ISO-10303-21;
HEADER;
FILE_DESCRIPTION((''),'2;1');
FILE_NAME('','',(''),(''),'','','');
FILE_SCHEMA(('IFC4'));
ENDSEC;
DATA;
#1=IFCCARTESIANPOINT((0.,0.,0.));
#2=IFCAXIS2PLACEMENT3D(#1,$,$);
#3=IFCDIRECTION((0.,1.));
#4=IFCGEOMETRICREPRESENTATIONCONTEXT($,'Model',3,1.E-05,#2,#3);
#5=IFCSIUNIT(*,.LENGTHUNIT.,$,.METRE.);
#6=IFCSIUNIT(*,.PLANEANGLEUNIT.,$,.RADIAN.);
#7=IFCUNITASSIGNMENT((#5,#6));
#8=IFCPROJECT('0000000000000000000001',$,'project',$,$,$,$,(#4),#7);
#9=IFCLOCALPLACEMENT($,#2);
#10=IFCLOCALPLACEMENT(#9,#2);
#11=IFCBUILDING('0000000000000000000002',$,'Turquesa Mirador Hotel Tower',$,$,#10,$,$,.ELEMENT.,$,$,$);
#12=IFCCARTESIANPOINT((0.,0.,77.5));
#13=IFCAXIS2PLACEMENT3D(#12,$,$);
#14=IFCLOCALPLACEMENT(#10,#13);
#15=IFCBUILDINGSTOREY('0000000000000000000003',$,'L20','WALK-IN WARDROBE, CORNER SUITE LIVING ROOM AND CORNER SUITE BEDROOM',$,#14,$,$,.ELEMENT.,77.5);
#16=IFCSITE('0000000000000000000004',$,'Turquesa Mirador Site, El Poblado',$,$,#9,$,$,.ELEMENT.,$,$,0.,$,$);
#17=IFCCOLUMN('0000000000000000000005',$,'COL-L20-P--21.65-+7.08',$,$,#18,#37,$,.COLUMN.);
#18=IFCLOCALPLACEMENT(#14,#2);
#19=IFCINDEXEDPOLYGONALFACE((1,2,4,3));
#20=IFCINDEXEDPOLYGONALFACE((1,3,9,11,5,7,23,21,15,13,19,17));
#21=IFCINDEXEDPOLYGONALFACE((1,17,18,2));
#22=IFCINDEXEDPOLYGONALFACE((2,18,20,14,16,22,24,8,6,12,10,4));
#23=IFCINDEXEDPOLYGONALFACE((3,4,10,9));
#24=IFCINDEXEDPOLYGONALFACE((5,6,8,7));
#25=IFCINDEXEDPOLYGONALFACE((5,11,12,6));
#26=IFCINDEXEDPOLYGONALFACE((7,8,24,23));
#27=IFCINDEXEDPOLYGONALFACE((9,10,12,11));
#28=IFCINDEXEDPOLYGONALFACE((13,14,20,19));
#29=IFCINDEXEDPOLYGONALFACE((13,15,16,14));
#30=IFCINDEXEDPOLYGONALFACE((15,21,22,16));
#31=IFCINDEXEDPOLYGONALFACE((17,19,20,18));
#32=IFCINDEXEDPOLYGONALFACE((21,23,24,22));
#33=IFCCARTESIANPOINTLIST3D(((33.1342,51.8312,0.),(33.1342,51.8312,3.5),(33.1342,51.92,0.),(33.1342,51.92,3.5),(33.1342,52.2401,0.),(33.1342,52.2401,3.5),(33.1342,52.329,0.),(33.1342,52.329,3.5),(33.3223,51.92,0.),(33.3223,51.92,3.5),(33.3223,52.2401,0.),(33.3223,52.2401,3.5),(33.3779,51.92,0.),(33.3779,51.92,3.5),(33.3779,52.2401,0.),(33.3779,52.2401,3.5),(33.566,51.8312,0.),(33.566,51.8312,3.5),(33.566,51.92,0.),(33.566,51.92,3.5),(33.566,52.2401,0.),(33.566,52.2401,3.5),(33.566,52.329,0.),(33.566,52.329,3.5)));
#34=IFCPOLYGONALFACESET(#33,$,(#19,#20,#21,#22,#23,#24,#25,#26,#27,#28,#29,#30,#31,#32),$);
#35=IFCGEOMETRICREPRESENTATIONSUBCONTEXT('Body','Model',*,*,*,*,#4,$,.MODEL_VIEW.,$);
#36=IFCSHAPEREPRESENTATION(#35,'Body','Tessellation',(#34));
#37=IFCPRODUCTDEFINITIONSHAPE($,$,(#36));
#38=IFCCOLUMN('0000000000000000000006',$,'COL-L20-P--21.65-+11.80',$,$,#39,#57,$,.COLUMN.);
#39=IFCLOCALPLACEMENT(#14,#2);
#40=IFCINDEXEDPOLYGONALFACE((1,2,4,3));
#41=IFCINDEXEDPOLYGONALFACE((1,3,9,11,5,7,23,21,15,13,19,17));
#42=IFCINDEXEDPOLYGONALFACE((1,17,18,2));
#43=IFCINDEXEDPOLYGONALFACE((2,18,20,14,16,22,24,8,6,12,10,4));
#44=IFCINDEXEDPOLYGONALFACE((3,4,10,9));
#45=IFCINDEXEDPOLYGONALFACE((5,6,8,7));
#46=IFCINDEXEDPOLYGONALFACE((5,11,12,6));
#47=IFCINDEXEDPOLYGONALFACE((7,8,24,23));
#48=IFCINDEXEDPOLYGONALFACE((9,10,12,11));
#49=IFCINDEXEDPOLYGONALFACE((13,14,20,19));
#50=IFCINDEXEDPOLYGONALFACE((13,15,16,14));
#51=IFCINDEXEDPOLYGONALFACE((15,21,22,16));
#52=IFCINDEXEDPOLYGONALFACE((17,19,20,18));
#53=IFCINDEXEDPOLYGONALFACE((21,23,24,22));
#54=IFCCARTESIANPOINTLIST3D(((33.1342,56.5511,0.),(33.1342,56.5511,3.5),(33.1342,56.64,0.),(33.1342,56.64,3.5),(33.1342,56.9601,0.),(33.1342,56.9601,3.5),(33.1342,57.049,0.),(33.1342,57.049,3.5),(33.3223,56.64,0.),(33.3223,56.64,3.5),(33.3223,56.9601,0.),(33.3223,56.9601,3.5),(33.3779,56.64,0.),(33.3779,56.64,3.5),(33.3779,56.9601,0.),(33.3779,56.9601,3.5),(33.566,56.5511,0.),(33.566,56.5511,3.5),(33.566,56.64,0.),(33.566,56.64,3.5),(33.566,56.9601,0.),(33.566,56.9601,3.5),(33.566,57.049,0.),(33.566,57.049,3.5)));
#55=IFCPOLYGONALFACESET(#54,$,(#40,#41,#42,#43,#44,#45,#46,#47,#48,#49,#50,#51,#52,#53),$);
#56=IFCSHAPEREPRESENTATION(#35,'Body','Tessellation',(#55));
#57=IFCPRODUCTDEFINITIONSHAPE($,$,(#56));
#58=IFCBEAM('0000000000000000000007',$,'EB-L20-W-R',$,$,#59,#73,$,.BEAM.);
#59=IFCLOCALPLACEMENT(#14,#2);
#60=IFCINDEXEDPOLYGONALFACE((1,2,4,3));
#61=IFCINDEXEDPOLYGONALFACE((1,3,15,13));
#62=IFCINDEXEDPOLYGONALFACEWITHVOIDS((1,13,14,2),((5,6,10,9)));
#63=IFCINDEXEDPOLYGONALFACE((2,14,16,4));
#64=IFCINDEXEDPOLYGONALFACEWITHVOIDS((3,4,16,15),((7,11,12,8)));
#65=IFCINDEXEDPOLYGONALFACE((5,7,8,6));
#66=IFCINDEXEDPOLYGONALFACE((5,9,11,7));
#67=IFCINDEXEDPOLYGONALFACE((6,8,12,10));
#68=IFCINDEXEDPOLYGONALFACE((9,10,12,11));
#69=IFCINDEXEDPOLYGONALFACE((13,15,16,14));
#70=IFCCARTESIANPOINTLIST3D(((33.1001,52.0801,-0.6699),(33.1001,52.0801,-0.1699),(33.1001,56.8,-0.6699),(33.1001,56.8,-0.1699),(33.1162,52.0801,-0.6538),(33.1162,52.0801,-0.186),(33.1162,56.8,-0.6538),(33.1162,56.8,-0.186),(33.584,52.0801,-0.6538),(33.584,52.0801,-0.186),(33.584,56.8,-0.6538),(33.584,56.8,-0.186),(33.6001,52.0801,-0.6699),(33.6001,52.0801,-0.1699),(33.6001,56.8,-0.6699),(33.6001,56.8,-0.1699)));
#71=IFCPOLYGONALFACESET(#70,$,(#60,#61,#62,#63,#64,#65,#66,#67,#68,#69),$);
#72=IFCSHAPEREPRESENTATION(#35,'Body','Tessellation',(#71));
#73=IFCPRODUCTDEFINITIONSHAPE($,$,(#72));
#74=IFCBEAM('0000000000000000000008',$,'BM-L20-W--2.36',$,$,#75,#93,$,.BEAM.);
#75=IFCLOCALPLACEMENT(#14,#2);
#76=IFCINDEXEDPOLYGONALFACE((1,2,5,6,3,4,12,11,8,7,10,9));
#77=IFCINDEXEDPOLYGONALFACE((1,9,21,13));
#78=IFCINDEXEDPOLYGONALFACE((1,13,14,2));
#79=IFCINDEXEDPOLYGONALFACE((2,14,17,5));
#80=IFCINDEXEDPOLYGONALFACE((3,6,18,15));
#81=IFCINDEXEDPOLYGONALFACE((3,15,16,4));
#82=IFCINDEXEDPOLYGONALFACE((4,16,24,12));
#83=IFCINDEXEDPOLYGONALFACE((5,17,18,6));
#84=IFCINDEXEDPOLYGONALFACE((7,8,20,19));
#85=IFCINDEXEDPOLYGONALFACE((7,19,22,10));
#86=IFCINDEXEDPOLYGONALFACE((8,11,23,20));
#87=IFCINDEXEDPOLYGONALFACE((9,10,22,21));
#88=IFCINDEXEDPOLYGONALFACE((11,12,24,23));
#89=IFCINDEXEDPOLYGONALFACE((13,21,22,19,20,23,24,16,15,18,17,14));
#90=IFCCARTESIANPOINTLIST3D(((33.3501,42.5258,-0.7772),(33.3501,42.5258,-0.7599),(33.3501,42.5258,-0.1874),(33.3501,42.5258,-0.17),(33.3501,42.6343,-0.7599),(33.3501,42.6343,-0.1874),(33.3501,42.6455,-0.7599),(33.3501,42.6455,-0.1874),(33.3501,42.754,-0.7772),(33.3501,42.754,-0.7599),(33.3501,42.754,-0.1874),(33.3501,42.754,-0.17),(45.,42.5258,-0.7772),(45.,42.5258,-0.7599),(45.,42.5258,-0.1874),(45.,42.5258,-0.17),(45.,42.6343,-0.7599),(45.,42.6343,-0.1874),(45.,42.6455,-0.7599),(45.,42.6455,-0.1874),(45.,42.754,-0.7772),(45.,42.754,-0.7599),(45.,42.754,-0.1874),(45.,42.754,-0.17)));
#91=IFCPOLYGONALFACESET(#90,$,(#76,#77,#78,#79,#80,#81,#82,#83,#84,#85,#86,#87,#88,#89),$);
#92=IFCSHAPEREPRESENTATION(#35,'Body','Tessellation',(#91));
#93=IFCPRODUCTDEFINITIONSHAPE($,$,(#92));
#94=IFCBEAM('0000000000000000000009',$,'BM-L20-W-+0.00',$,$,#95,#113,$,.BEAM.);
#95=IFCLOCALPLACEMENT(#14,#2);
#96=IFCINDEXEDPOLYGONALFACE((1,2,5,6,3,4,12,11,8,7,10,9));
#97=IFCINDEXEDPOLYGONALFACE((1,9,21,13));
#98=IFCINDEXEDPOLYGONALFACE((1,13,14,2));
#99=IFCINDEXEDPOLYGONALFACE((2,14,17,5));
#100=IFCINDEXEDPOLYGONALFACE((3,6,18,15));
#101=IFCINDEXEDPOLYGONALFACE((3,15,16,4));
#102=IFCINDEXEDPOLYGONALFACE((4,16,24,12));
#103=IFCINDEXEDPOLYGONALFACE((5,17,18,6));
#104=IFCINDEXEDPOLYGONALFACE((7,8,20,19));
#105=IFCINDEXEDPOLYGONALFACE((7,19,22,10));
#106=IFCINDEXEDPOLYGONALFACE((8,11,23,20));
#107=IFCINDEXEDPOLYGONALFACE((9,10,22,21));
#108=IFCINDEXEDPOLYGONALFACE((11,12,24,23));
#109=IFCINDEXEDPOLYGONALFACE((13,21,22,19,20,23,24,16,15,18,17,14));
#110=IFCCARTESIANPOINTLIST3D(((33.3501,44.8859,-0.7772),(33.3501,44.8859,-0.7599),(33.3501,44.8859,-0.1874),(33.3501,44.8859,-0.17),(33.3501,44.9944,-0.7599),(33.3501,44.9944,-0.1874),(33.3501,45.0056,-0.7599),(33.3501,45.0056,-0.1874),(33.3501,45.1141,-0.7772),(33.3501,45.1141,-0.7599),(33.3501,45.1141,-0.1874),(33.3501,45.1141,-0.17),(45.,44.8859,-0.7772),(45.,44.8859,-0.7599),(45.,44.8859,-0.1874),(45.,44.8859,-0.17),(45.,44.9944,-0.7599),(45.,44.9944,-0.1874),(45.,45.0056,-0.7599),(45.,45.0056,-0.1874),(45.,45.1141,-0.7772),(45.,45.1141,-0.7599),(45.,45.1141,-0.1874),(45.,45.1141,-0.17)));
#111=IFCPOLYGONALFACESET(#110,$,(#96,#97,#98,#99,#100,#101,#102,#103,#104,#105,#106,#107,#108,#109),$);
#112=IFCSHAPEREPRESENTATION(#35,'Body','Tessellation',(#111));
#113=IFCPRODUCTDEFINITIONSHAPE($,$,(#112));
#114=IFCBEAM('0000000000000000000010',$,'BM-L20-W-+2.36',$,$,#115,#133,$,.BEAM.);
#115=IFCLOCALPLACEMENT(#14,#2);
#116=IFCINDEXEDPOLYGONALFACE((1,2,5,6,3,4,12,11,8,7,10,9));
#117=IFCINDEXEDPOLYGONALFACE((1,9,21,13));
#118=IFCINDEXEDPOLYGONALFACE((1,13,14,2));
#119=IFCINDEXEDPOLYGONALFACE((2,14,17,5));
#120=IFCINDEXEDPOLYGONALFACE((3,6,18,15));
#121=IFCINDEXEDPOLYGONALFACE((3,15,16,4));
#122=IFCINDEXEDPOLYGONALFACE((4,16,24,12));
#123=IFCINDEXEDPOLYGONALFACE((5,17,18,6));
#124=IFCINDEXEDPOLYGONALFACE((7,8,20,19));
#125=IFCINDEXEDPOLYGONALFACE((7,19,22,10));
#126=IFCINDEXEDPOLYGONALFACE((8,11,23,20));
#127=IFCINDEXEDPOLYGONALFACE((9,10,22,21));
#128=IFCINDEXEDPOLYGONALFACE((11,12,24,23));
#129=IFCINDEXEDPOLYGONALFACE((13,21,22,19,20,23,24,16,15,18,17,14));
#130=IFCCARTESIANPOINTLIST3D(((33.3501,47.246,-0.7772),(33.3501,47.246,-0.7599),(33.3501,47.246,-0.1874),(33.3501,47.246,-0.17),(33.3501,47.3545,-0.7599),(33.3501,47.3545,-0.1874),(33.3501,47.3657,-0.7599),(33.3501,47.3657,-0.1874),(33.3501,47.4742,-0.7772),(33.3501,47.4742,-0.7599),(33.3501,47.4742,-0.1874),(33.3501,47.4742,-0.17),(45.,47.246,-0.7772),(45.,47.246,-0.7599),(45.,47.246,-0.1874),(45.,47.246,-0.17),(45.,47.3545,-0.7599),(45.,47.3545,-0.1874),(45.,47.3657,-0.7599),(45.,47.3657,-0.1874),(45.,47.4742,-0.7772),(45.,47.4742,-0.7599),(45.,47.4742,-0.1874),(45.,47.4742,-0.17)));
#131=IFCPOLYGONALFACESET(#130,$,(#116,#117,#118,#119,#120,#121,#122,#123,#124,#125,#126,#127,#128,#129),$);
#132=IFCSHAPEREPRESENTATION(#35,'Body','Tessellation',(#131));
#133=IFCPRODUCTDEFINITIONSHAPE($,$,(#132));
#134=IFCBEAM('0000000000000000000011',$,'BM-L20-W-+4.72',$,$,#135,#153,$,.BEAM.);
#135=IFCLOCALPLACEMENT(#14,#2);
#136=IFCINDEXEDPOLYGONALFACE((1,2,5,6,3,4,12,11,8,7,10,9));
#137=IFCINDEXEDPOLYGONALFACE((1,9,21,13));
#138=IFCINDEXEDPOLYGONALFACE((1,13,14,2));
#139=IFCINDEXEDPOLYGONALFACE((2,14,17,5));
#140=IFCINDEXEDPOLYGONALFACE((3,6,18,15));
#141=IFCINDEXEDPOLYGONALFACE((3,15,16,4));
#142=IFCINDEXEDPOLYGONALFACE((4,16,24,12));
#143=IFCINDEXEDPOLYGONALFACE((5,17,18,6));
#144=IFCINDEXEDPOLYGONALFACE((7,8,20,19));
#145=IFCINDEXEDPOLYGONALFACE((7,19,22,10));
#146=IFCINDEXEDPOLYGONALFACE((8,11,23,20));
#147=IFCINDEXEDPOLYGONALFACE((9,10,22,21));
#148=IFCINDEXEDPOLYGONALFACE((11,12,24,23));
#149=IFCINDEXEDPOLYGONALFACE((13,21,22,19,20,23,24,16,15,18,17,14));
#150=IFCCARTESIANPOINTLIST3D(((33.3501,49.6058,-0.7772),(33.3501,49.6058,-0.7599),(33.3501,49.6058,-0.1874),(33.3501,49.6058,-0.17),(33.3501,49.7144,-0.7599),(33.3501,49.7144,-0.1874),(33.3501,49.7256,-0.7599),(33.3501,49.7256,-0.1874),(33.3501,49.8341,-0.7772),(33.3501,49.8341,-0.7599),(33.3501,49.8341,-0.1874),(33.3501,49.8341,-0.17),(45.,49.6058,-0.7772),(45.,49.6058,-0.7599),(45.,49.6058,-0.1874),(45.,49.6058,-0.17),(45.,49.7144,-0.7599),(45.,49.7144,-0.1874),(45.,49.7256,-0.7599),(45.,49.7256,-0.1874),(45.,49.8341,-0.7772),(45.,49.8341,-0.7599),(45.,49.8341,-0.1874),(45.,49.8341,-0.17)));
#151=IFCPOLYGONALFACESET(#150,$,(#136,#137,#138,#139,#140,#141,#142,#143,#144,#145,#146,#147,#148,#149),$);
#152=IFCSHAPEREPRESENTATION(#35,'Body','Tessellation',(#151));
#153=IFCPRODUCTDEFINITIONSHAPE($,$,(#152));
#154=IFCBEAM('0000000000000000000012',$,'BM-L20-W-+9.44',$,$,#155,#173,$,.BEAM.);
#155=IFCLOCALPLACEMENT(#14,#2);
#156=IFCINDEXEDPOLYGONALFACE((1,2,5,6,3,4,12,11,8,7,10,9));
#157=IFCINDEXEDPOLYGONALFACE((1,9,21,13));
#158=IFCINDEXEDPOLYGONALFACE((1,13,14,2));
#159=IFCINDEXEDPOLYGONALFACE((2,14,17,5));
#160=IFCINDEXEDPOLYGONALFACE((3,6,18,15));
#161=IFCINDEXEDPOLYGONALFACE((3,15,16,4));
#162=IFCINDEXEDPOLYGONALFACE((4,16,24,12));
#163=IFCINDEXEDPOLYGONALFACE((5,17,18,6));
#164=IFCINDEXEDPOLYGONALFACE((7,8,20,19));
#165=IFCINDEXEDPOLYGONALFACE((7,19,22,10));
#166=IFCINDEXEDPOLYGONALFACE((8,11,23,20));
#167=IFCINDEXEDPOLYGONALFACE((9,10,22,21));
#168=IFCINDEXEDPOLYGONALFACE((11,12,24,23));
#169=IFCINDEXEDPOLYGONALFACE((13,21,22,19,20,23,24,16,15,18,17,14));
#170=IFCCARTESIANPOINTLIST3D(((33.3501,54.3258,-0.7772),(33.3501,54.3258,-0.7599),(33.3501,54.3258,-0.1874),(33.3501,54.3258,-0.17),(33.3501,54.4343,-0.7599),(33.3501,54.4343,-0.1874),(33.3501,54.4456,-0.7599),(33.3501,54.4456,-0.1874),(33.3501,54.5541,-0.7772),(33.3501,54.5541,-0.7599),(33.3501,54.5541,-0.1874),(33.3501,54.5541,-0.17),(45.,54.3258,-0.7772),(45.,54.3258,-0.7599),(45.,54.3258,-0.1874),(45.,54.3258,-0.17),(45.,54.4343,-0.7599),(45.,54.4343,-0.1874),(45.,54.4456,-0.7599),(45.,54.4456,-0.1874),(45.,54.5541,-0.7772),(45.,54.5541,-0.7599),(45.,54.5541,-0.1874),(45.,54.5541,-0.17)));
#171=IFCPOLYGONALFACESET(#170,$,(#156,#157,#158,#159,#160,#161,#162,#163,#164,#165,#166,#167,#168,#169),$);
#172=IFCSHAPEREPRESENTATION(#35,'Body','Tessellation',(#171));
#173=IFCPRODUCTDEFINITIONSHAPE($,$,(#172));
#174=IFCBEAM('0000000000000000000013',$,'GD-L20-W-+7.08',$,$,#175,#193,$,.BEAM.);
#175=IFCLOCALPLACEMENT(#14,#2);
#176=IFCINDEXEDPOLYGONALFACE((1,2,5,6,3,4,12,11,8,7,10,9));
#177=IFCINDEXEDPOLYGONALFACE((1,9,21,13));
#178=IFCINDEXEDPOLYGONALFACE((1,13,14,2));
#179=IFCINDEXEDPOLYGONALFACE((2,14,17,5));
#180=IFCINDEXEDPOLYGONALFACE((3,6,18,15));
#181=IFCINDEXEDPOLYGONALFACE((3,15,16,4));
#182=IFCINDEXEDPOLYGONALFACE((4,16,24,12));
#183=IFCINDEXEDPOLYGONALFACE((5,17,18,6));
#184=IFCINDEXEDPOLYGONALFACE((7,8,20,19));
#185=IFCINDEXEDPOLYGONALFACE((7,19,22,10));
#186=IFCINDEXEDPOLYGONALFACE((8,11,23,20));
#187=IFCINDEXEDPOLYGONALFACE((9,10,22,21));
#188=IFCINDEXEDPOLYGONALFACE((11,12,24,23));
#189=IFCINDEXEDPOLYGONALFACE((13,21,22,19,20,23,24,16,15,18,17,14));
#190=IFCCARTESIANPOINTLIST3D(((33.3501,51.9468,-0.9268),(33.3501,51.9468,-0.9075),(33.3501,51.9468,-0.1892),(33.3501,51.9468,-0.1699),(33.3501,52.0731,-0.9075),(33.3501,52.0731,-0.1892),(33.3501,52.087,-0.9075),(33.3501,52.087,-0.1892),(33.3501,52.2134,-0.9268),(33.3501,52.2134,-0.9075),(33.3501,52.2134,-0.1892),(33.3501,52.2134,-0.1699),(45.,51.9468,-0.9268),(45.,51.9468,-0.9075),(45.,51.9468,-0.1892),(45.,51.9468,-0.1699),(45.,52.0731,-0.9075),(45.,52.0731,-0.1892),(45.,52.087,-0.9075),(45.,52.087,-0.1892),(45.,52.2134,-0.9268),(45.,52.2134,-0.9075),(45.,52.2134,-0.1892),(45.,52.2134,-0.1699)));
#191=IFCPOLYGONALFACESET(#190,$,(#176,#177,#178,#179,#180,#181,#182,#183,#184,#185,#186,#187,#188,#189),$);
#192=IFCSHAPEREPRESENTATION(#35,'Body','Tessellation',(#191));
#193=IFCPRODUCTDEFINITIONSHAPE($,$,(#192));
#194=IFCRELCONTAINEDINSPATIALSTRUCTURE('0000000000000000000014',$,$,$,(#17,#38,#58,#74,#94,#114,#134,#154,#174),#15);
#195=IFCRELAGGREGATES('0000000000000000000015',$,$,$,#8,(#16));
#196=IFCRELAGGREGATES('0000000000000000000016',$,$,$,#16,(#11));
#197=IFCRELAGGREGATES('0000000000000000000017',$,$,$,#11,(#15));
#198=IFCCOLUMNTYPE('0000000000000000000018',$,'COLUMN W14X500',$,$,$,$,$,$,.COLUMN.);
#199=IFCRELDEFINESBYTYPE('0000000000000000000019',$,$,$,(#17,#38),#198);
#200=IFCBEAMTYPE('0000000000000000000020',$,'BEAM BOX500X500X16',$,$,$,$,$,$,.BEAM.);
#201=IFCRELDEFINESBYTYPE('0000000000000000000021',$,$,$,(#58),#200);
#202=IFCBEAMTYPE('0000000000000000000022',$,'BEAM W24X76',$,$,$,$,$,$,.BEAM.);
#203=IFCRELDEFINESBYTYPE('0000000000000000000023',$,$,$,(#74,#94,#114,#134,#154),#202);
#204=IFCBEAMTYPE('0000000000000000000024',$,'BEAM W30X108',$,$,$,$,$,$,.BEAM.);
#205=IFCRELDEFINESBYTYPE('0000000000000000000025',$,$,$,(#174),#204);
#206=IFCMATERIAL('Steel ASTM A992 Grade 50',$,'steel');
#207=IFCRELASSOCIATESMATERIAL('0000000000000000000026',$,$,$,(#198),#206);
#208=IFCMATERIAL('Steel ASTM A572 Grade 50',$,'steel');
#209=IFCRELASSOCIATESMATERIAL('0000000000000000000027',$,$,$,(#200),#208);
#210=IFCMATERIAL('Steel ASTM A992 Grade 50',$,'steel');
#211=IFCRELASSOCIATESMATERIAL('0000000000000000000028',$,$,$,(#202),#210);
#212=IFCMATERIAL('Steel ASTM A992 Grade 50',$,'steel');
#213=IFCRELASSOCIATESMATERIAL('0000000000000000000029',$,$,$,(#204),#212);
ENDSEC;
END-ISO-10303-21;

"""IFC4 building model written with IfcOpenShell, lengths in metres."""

from ifc_helpers import new_model, si_unit, direction, frame, origin, origin_2d, place, context, subcontext, project, spatial, hollow_rectangle, i_section, extrude, material, material_profile, profile_set, type_object, element, save


model = new_model("IFC4")

# Units and contexts
model_context = context("Model", 3, precision=1e-05, world=origin(), true_north=direction((0.0, 1.0)))
body_context = subcontext(model_context, "Body", "Model", "MODEL_VIEW")
ifc_project = project(units=[si_unit("LENGTHUNIT", "METRE"), si_unit("PLANEANGLEUNIT", "RADIAN")], contexts=[model_context])

# Site, building, storey
site_placement = place(None, origin())
site = spatial("IfcSite", under=ifc_project, at=site_placement, Name="Turquesa Mirador Site, El Poblado", CompositionType="ELEMENT", RefElevation=0.0)
building_placement = place(site_placement, origin())
building = spatial("IfcBuilding", under=site, at=building_placement, Name="Turquesa Mirador Hotel Tower", CompositionType="ELEMENT")
storey_placement = place(building_placement, frame((0.0, 0.0, 77.5)))
storey = spatial("IfcBuildingStorey", under=building, at=storey_placement, Name="L20", Description="WALK-IN WARDROBE, CORNER SUITE LIVING ROOM AND CORNER SUITE BEDROOM", CompositionType="ELEMENT", Elevation=77.5)

# Columns
ifc_material_1 = material(Name="Steel ASTM A992 Grade 50", Category="steel")
ifc_material_profile_1 = material_profile(ifc_material_1, i_section(OverallWidth=0.4319, OverallDepth=0.4978, WebThickness=0.0557, FlangeThickness=0.0889, at=origin_2d()), Name="W14X500")
ifc_profile_set_1 = profile_set([ifc_material_profile_1], Name="Steel ASTM A992 Grade 50")
column_type = type_object("IfcColumnType", Name="COLUMN W14X500", PredefinedType="COLUMN", material=ifc_profile_set_1)
for number, where, z_axis, x_axis, name in (
    (1, (33.3501, 52.0801, 0.0), (0.0, 0.0, 1.0), (1.0, 0.0, 0.0), "COL-L20-P--21.65-+7.08"),
    (2, (33.3501, 56.8, 0.0), (0.0, 0.0, 1.0), (1.0, 0.0, 0.0), "COL-L20-P--21.65-+11.80"),
):
    element("IfcColumn", number, at=place(storey_placement, frame(where, z_axis=z_axis, x_axis=x_axis)), inside=storey, type_object=column_type, Name=name, PredefinedType="COLUMN", context=body_context, shape_type="SweptSolid", body=[
        extrude(i_section(OverallWidth=0.4319, OverallDepth=0.4978, WebThickness=0.0557, FlangeThickness=0.0889, at=origin_2d()), origin(), (0.0, 0.0, 1.0), 3.5),
    ])

# Beams
ifc_material_2 = material(Name="Steel ASTM A572 Grade 50", Category="steel")
ifc_material_profile_2 = material_profile(ifc_material_2, hollow_rectangle(XDim=0.5, YDim=0.5, WallThickness=0.0161, at=origin_2d()), Name="BOX500X500X16")
ifc_profile_set_2 = profile_set([ifc_material_profile_2], Name="Steel ASTM A572 Grade 50")
beam_type_1 = type_object("IfcBeamType", Name="BEAM BOX500X500X16", PredefinedType="BEAM", material=ifc_profile_set_2)
beam_1_placement = place(storey_placement, frame((33.3501, 52.0801, -0.4199), z_axis=(0.0, 1.0, 0.0), x_axis=(-1.0, 0.0, 0.0)))
element("IfcBeam", 3, at=beam_1_placement, inside=storey, type_object=beam_type_1, Name="EB-L20-W-R", PredefinedType="BEAM", context=body_context, shape_type="SweptSolid", body=[
    extrude(hollow_rectangle(XDim=0.5, YDim=0.5, WallThickness=0.0161, at=origin_2d()), origin(), (0.0, 0.0, 1.0), 4.72),
])
ifc_material_3 = material(Name="Steel ASTM A992 Grade 50", Category="steel")
ifc_material_profile_3 = material_profile(ifc_material_3, i_section(OverallWidth=0.2283, OverallDepth=0.6072, WebThickness=0.0112, FlangeThickness=0.0173, at=origin_2d()), Name="W24X76")
ifc_profile_set_3 = profile_set([ifc_material_profile_3], Name="Steel ASTM A992 Grade 50")
beam_type_2 = type_object("IfcBeamType", Name="BEAM W24X76", PredefinedType="BEAM", material=ifc_profile_set_3)
for number, where, z_axis, x_axis, name in (
    (4, (33.3501, 42.6399, -0.4736), (1.0, 0.0, 0.0), (0.0, 1.0, 0.0), "BM-L20-W--2.36"),
    (5, (33.3501, 45.0, -0.4736), (1.0, 0.0, 0.0), (0.0, 1.0, 0.0), "BM-L20-W-+0.00"),
    (6, (33.3501, 47.3601, -0.4736), (1.0, 0.0, 0.0), (0.0, 1.0, 0.0), "BM-L20-W-+2.36"),
    (7, (33.3501, 49.72, -0.4736), (1.0, 0.0, 0.0), (0.0, 1.0, 0.0), "BM-L20-W-+4.72"),
    (8, (33.3501, 54.4399, -0.4736), (1.0, 0.0, 0.0), (0.0, 1.0, 0.0), "BM-L20-W-+9.44"),
):
    element("IfcBeam", number, at=place(storey_placement, frame(where, z_axis=z_axis, x_axis=x_axis)), inside=storey, type_object=beam_type_2, Name=name, PredefinedType="BEAM", context=body_context, shape_type="SweptSolid", body=[
        extrude(i_section(OverallWidth=0.2283, OverallDepth=0.6072, WebThickness=0.0112, FlangeThickness=0.0173, at=origin_2d()), origin(), (0.0, 0.0, 1.0), 11.6499),
    ])
ifc_material_4 = material(Name="Steel ASTM A992 Grade 50", Category="steel")
ifc_material_profile_4 = material_profile(ifc_material_4, i_section(OverallWidth=0.2666, OverallDepth=0.7568, WebThickness=0.0139, FlangeThickness=0.0193, at=origin_2d()), Name="W30X108")
ifc_profile_set_4 = profile_set([ifc_material_profile_4], Name="Steel ASTM A992 Grade 50")
beam_type_3 = type_object("IfcBeamType", Name="BEAM W30X108", PredefinedType="BEAM", material=ifc_profile_set_4)
beam_2_placement = place(storey_placement, frame((33.3501, 52.0801, -0.5483), z_axis=(1.0, 0.0, 0.0), x_axis=(0.0, 1.0, 0.0)))
element("IfcBeam", 9, at=beam_2_placement, inside=storey, type_object=beam_type_3, Name="GD-L20-W-+7.08", PredefinedType="BEAM", context=body_context, shape_type="SweptSolid", body=[
    extrude(i_section(OverallWidth=0.2666, OverallDepth=0.7568, WebThickness=0.0139, FlangeThickness=0.0193, at=origin_2d()), origin(), (0.0, 0.0, 1.0), 11.6499),
])

save(model, "model.ifc")
